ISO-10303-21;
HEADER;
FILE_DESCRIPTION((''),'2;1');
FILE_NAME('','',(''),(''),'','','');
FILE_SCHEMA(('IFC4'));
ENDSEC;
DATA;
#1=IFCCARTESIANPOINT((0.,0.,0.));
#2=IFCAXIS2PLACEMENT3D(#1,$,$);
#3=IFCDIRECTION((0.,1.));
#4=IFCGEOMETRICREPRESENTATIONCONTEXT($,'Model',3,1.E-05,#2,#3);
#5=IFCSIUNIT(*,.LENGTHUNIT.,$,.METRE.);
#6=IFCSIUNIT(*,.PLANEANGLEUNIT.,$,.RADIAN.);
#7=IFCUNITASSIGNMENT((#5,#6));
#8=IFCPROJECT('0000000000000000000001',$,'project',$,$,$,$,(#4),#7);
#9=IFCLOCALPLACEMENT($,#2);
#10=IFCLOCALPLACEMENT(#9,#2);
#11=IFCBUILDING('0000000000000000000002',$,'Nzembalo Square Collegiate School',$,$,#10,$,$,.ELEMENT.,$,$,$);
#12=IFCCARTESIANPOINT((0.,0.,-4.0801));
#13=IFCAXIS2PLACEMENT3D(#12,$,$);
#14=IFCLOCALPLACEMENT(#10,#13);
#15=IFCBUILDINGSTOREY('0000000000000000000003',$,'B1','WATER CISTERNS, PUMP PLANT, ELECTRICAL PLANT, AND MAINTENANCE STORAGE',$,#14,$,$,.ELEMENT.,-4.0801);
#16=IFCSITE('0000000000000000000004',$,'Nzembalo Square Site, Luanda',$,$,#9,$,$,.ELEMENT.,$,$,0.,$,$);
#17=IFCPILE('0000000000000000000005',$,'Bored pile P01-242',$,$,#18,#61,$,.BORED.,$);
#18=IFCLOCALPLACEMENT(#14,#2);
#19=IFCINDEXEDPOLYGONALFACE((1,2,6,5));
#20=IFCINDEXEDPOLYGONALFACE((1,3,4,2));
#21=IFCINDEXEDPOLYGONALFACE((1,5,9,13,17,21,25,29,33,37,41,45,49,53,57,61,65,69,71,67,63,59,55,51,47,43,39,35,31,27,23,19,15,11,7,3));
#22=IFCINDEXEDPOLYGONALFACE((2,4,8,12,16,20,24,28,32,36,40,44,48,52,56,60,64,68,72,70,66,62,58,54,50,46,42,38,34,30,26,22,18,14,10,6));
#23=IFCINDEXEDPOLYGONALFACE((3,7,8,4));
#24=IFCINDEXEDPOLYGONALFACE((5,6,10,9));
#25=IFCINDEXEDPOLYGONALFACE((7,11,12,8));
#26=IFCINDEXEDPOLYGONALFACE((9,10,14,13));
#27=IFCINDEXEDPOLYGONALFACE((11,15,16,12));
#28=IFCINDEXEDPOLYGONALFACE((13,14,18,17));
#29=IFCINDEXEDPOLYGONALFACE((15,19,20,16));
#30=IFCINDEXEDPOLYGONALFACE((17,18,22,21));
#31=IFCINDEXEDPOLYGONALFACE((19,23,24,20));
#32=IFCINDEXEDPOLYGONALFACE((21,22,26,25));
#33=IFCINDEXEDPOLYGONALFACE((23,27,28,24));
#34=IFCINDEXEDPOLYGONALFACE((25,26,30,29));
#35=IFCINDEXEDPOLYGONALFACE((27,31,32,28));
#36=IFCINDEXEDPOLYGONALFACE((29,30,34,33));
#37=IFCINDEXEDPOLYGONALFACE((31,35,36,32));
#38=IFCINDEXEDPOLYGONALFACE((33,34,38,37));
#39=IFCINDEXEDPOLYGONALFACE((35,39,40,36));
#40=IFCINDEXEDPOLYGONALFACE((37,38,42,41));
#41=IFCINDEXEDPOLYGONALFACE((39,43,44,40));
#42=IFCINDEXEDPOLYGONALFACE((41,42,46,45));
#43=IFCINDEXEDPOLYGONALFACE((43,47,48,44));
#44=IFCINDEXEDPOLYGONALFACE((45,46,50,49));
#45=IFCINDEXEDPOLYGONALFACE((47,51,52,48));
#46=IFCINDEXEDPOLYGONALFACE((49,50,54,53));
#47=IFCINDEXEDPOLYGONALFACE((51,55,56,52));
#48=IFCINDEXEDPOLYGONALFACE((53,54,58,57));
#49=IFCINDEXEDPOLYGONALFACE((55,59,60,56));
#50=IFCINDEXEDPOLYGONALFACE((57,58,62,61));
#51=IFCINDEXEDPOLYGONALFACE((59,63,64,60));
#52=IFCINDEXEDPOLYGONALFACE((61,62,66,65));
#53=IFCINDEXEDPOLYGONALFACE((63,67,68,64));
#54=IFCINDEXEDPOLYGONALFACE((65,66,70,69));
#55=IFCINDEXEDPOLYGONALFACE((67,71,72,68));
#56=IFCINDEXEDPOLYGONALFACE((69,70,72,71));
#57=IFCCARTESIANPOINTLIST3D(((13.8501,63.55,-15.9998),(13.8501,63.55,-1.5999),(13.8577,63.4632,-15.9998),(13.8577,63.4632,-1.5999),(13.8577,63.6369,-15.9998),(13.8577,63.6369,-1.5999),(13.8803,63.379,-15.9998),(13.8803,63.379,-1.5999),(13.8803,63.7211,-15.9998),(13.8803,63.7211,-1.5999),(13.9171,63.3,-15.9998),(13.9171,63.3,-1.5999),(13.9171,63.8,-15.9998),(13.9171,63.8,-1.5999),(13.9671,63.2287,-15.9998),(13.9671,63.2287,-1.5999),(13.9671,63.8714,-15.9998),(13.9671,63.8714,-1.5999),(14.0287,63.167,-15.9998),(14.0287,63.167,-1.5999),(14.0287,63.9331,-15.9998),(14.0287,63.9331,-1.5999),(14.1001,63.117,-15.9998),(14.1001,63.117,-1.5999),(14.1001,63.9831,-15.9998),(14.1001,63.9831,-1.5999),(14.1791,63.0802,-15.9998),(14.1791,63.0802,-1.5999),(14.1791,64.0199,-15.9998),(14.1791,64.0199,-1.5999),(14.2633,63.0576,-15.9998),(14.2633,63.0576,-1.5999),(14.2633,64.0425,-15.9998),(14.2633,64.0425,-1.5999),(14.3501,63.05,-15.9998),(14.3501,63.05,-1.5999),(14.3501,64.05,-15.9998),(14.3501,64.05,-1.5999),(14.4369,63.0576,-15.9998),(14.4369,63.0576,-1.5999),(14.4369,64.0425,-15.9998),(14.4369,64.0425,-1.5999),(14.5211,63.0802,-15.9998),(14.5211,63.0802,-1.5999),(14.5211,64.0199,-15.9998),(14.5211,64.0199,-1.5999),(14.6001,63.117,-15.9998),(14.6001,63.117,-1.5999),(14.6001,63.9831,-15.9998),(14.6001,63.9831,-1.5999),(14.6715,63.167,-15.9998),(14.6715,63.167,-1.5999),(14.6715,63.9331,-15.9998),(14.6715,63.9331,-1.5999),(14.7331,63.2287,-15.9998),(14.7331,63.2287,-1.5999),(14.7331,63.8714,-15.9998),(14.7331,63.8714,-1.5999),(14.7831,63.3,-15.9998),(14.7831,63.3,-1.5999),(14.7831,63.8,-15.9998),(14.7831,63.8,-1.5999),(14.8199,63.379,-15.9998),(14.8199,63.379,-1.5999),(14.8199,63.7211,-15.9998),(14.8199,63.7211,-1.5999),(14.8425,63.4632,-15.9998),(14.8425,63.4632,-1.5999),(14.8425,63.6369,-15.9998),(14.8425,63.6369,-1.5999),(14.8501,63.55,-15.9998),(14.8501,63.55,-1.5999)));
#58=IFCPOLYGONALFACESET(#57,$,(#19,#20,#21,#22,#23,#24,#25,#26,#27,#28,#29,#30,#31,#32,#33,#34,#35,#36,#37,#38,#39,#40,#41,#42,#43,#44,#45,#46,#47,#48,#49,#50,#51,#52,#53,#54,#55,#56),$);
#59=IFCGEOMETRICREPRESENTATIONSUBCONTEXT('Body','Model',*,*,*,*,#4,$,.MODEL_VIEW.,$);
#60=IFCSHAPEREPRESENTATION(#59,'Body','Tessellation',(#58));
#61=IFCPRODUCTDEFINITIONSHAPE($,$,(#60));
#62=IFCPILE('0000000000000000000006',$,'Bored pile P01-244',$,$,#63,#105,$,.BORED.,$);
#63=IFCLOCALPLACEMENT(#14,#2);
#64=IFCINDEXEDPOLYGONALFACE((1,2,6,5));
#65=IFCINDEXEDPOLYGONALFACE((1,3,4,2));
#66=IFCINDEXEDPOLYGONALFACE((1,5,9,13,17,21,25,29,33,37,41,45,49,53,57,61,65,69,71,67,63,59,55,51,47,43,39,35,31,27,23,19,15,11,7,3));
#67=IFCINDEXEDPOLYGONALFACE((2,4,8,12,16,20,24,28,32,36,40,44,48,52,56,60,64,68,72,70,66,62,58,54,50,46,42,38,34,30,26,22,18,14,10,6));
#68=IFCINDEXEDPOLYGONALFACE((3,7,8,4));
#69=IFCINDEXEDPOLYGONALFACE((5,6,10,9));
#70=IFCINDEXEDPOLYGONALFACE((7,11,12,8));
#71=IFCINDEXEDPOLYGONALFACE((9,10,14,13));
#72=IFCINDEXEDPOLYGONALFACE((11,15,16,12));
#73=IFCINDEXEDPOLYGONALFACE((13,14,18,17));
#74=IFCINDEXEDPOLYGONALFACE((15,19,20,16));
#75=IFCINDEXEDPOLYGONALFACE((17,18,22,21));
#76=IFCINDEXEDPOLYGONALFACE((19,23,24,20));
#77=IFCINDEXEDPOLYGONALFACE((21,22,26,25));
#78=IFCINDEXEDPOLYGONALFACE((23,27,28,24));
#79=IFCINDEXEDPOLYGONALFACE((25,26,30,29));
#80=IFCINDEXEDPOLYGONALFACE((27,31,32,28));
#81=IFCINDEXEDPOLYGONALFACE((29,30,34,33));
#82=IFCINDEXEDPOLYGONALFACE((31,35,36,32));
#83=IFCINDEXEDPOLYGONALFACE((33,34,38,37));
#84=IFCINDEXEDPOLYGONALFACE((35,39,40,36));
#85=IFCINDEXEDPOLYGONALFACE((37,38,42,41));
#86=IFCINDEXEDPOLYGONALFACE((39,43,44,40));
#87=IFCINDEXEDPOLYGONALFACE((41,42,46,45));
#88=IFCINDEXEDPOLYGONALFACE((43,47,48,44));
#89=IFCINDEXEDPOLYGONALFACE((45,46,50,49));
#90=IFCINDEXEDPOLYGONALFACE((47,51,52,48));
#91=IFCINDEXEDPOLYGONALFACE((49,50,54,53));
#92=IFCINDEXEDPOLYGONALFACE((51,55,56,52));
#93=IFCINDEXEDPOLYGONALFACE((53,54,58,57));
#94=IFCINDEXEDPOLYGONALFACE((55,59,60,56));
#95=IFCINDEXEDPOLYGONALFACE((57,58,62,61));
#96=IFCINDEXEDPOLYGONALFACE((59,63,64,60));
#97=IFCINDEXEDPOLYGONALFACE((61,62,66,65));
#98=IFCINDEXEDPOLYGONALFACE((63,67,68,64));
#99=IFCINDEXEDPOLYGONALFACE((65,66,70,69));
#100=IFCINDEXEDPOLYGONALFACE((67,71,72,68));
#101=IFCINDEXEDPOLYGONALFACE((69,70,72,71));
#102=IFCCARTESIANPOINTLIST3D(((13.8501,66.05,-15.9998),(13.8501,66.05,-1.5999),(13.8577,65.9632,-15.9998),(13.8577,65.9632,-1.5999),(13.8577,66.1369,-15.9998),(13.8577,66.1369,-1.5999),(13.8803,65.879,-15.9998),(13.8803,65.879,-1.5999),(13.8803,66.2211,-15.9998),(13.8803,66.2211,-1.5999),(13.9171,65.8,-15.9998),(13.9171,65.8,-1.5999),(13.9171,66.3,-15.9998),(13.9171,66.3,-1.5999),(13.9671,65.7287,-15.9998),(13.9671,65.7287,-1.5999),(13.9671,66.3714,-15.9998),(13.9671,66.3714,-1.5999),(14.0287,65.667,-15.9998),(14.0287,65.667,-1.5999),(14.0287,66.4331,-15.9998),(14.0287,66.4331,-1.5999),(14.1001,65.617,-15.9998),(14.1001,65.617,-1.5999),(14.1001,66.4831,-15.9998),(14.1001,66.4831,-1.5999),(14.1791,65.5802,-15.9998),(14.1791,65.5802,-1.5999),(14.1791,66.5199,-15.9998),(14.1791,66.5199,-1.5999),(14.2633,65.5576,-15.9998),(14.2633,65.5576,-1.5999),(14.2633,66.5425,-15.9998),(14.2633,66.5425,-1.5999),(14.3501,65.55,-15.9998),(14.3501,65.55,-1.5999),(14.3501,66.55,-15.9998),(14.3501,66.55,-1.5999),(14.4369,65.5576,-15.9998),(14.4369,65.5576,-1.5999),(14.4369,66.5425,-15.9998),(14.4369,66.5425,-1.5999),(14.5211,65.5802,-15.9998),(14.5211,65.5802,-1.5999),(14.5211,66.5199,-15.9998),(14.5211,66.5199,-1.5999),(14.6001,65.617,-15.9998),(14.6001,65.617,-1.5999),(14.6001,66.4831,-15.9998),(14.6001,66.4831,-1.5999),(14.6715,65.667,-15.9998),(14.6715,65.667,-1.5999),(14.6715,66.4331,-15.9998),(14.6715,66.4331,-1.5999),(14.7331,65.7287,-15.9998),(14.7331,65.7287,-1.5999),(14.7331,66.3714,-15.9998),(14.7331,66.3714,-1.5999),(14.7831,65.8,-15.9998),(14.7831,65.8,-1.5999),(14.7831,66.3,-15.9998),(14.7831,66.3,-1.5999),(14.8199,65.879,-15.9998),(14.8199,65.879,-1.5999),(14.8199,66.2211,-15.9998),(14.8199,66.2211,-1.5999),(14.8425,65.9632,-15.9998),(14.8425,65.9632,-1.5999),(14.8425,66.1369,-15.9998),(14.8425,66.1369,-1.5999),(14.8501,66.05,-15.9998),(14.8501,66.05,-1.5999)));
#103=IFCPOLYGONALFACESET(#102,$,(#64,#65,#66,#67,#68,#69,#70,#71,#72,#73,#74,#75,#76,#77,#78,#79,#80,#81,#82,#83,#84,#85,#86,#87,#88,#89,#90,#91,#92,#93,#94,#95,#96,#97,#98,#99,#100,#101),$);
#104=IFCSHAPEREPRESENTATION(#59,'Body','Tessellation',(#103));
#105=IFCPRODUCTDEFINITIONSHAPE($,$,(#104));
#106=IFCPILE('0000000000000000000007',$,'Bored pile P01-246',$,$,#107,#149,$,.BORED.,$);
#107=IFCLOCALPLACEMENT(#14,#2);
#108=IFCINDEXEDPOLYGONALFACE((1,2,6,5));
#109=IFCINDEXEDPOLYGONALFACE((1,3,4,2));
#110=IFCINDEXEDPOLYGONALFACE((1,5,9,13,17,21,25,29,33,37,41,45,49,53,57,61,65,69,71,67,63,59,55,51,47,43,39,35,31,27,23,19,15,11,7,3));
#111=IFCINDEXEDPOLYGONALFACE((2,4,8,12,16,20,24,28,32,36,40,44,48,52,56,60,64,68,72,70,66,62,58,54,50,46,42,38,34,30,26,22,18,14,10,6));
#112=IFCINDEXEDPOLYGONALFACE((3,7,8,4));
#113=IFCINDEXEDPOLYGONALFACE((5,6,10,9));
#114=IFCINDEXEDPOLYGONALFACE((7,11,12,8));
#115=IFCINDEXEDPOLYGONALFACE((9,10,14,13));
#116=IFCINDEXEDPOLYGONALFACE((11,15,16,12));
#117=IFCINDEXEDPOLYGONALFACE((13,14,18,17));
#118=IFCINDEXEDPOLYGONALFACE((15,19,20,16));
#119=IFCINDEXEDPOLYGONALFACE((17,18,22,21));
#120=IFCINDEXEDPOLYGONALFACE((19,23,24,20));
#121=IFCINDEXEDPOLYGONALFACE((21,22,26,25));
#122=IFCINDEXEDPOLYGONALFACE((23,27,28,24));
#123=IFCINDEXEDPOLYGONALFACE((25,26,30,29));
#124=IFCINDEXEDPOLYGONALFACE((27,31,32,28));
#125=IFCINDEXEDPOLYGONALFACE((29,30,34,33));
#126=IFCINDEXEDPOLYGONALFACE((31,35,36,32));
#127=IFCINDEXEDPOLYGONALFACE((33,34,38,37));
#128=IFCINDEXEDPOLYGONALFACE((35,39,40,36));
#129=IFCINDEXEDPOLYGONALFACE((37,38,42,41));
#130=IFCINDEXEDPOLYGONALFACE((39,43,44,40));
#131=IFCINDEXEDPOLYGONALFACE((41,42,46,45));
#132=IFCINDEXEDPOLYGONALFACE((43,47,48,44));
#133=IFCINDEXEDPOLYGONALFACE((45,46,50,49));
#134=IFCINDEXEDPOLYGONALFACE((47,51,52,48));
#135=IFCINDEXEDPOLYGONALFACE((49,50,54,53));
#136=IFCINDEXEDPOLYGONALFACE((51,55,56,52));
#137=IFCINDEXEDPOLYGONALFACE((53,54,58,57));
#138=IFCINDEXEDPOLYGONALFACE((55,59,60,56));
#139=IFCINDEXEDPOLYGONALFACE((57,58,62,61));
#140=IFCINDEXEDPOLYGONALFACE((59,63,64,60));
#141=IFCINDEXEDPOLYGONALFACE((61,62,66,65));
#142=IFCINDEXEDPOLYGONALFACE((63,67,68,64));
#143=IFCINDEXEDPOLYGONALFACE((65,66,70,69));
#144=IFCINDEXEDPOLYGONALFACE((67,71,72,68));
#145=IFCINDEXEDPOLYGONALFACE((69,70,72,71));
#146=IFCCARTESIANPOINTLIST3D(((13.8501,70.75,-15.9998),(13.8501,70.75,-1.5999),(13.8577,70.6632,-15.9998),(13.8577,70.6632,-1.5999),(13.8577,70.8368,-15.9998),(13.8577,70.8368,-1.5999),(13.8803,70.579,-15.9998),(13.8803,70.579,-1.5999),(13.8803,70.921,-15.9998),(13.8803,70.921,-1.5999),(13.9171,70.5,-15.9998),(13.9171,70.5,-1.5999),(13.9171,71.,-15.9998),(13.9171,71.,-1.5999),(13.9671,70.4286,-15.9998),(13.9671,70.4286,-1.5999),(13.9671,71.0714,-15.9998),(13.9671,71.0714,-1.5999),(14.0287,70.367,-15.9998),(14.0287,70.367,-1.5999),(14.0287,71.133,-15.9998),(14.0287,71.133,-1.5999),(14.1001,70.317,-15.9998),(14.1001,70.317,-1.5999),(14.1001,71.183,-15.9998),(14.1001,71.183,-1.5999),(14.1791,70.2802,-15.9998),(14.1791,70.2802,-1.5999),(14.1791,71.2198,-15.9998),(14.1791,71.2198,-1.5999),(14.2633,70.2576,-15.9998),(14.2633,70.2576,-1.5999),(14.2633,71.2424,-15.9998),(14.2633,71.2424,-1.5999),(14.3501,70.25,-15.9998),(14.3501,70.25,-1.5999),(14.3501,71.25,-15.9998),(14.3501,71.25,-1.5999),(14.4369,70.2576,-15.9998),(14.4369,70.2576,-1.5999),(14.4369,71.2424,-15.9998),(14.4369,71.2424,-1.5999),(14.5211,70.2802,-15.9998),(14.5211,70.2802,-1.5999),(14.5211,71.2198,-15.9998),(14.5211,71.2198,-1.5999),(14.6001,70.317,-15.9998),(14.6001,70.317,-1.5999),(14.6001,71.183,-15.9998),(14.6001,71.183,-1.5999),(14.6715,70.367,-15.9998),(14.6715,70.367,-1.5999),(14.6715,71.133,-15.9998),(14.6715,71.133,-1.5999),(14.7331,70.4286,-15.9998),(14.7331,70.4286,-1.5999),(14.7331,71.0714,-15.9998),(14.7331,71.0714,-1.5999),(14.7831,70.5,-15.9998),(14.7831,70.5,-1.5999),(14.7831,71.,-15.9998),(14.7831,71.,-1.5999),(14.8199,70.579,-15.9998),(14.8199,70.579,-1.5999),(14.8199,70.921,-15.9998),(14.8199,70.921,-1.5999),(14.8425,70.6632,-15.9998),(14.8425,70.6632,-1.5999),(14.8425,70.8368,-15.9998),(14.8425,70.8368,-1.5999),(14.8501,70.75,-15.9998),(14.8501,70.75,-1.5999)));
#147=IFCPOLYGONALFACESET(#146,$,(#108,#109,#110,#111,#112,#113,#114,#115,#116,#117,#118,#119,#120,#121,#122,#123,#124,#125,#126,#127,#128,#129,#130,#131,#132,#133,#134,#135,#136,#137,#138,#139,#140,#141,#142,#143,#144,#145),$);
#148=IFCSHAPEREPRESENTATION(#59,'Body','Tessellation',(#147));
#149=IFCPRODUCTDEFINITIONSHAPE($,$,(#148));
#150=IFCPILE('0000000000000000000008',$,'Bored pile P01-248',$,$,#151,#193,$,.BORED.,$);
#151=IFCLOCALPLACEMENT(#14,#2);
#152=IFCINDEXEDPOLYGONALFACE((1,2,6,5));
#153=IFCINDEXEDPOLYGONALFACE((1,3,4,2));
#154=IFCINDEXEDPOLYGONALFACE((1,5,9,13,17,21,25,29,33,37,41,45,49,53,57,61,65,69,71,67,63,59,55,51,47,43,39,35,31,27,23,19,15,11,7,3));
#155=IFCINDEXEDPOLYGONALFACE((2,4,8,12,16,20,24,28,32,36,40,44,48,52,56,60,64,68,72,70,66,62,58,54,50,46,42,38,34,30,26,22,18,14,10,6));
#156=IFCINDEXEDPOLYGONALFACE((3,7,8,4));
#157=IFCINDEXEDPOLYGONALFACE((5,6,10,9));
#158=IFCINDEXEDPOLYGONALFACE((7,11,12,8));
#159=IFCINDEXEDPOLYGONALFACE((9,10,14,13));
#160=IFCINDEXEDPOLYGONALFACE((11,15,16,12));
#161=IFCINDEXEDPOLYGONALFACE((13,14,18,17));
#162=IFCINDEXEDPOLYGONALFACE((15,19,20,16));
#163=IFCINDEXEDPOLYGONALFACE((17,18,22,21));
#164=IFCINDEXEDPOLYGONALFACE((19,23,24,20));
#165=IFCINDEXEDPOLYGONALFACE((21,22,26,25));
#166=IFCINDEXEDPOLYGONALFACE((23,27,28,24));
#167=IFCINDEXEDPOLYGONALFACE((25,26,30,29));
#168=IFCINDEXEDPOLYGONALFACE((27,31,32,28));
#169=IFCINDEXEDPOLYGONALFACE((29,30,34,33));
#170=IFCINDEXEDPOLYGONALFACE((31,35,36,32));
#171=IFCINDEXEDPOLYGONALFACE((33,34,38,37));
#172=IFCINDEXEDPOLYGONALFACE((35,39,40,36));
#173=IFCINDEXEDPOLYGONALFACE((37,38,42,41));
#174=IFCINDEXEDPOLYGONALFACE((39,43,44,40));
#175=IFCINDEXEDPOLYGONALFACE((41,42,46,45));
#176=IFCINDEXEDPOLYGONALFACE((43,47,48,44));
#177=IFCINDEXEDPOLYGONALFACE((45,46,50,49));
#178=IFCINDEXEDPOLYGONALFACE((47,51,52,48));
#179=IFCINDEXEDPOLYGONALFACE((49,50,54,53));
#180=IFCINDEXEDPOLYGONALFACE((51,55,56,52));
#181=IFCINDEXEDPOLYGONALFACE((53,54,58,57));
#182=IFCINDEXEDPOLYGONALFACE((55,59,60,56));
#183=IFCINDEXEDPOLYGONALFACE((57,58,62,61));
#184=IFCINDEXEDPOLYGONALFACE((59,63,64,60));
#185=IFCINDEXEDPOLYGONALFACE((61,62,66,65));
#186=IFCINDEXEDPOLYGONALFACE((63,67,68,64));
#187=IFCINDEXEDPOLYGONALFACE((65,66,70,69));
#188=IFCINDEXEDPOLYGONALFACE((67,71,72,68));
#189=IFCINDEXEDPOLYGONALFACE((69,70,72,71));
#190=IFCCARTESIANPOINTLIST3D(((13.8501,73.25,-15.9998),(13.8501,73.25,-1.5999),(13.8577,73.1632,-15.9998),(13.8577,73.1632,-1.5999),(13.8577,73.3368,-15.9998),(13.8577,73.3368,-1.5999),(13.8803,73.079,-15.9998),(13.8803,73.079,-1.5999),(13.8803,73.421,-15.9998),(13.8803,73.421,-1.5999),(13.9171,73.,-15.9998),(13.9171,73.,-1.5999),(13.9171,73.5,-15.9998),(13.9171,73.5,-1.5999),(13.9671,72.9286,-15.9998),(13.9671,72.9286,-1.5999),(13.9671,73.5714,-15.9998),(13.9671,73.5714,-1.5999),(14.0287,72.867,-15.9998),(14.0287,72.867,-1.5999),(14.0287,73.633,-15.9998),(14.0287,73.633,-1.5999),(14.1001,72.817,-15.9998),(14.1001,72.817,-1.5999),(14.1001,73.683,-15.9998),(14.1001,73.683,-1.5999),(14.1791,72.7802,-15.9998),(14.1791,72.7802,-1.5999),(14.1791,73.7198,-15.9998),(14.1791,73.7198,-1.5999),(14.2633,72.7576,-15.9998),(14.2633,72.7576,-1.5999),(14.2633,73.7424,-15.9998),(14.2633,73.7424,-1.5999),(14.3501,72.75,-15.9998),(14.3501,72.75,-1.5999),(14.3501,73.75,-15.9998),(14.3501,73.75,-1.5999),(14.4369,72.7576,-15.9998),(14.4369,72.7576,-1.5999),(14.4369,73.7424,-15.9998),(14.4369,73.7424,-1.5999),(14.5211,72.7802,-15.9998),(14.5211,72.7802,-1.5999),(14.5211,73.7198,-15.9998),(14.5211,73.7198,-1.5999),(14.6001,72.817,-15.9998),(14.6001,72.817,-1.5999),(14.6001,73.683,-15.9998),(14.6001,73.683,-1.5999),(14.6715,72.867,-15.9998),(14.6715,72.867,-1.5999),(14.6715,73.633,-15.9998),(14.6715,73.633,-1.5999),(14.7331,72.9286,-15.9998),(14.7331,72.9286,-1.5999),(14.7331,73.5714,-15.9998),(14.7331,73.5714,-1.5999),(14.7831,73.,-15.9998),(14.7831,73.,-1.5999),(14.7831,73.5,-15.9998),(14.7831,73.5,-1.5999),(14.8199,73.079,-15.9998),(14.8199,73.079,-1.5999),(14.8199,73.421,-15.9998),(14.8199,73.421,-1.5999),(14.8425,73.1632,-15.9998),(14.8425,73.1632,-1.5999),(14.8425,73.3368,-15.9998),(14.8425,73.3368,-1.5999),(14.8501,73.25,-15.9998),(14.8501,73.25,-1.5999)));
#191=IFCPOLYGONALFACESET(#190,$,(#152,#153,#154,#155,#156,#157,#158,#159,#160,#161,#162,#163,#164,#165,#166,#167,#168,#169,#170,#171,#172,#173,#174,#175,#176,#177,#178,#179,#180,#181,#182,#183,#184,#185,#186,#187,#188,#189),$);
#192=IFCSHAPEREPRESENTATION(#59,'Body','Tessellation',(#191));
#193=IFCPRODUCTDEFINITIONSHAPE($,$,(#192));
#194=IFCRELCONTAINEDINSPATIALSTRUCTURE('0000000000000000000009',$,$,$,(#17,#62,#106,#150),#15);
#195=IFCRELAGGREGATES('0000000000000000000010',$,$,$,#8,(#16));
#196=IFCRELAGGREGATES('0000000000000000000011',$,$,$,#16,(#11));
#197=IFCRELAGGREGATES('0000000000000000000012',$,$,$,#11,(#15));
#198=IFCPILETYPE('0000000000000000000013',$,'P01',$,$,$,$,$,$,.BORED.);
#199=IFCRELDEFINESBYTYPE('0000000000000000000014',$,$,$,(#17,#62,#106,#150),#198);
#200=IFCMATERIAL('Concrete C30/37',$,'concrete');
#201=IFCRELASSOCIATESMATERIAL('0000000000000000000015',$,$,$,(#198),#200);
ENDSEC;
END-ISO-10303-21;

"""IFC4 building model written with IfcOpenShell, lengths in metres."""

from ifc_helpers import new_model, si_unit, direction, frame, origin, origin_2d, place, context, subcontext, project, spatial, circle, extrude, material, material_profile, profile_set, type_object, element, save


model = new_model("IFC4")

# Units and contexts
model_context = context("Model", 3, precision=1e-05, world=origin(), true_north=direction((0.0, 1.0)))
body_context = subcontext(model_context, "Body", "Model", "MODEL_VIEW")
ifc_project = project(units=[si_unit("LENGTHUNIT", "METRE"), si_unit("PLANEANGLEUNIT", "RADIAN")], contexts=[model_context])

# Site, building, storey
site_placement = place(None, origin())
site = spatial("IfcSite", under=ifc_project, at=site_placement, Name="Nzembalo Square Site, Luanda", CompositionType="ELEMENT", RefElevation=0.0)
building_placement = place(site_placement, origin())
building = spatial("IfcBuilding", under=site, at=building_placement, Name="Nzembalo Square Collegiate School", CompositionType="ELEMENT")
storey_placement = place(building_placement, frame((0.0, 0.0, -4.0801)))
storey = spatial("IfcBuildingStorey", under=building, at=storey_placement, Name="B1", Description="WATER CISTERNS, PUMP PLANT, ELECTRICAL PLANT, AND MAINTENANCE STORAGE", CompositionType="ELEMENT", Elevation=-4.0801)

# Piles
ifc_material_1 = material(Name="Concrete C30/37", Category="concrete")
ifc_material_profile_1 = material_profile(ifc_material_1, circle(Radius=0.5, at=origin_2d()), Name="PILE D1000")
ifc_profile_set_1 = profile_set([ifc_material_profile_1], Name="Concrete C30/37")
pile_type_1 = type_object("IfcPileType", Name="P01", PredefinedType="BORED", material=ifc_profile_set_1)
for number, where, z_axis, x_axis, name in (
    (1, (14.3501, 63.55, -1.5999), (0.0, 0.0, -1.0), (1.0, 0.0, 0.0), "Bored pile P01-242"),
    (2, (14.3501, 66.05, -1.5999), (0.0, 0.0, -1.0), (1.0, 0.0, 0.0), "Bored pile P01-244"),
    (3, (14.3501, 70.75, -1.5999), (0.0, 0.0, -1.0), (1.0, 0.0, 0.0), "Bored pile P01-246"),
    (4, (14.3501, 73.25, -1.5999), (0.0, 0.0, -1.0), (1.0, 0.0, 0.0), "Bored pile P01-248"),
):
    element("IfcPile", number, at=place(storey_placement, frame(where, z_axis=z_axis, x_axis=x_axis)), inside=storey, type_object=pile_type_1, Name=name, PredefinedType="BORED", context=body_context, shape_type="SweptSolid", body=[
        extrude(circle(Radius=0.5, at=origin_2d()), origin(), (0.0, 0.0, 1.0), 14.3999),
    ])

save(model, "model.ifc")
